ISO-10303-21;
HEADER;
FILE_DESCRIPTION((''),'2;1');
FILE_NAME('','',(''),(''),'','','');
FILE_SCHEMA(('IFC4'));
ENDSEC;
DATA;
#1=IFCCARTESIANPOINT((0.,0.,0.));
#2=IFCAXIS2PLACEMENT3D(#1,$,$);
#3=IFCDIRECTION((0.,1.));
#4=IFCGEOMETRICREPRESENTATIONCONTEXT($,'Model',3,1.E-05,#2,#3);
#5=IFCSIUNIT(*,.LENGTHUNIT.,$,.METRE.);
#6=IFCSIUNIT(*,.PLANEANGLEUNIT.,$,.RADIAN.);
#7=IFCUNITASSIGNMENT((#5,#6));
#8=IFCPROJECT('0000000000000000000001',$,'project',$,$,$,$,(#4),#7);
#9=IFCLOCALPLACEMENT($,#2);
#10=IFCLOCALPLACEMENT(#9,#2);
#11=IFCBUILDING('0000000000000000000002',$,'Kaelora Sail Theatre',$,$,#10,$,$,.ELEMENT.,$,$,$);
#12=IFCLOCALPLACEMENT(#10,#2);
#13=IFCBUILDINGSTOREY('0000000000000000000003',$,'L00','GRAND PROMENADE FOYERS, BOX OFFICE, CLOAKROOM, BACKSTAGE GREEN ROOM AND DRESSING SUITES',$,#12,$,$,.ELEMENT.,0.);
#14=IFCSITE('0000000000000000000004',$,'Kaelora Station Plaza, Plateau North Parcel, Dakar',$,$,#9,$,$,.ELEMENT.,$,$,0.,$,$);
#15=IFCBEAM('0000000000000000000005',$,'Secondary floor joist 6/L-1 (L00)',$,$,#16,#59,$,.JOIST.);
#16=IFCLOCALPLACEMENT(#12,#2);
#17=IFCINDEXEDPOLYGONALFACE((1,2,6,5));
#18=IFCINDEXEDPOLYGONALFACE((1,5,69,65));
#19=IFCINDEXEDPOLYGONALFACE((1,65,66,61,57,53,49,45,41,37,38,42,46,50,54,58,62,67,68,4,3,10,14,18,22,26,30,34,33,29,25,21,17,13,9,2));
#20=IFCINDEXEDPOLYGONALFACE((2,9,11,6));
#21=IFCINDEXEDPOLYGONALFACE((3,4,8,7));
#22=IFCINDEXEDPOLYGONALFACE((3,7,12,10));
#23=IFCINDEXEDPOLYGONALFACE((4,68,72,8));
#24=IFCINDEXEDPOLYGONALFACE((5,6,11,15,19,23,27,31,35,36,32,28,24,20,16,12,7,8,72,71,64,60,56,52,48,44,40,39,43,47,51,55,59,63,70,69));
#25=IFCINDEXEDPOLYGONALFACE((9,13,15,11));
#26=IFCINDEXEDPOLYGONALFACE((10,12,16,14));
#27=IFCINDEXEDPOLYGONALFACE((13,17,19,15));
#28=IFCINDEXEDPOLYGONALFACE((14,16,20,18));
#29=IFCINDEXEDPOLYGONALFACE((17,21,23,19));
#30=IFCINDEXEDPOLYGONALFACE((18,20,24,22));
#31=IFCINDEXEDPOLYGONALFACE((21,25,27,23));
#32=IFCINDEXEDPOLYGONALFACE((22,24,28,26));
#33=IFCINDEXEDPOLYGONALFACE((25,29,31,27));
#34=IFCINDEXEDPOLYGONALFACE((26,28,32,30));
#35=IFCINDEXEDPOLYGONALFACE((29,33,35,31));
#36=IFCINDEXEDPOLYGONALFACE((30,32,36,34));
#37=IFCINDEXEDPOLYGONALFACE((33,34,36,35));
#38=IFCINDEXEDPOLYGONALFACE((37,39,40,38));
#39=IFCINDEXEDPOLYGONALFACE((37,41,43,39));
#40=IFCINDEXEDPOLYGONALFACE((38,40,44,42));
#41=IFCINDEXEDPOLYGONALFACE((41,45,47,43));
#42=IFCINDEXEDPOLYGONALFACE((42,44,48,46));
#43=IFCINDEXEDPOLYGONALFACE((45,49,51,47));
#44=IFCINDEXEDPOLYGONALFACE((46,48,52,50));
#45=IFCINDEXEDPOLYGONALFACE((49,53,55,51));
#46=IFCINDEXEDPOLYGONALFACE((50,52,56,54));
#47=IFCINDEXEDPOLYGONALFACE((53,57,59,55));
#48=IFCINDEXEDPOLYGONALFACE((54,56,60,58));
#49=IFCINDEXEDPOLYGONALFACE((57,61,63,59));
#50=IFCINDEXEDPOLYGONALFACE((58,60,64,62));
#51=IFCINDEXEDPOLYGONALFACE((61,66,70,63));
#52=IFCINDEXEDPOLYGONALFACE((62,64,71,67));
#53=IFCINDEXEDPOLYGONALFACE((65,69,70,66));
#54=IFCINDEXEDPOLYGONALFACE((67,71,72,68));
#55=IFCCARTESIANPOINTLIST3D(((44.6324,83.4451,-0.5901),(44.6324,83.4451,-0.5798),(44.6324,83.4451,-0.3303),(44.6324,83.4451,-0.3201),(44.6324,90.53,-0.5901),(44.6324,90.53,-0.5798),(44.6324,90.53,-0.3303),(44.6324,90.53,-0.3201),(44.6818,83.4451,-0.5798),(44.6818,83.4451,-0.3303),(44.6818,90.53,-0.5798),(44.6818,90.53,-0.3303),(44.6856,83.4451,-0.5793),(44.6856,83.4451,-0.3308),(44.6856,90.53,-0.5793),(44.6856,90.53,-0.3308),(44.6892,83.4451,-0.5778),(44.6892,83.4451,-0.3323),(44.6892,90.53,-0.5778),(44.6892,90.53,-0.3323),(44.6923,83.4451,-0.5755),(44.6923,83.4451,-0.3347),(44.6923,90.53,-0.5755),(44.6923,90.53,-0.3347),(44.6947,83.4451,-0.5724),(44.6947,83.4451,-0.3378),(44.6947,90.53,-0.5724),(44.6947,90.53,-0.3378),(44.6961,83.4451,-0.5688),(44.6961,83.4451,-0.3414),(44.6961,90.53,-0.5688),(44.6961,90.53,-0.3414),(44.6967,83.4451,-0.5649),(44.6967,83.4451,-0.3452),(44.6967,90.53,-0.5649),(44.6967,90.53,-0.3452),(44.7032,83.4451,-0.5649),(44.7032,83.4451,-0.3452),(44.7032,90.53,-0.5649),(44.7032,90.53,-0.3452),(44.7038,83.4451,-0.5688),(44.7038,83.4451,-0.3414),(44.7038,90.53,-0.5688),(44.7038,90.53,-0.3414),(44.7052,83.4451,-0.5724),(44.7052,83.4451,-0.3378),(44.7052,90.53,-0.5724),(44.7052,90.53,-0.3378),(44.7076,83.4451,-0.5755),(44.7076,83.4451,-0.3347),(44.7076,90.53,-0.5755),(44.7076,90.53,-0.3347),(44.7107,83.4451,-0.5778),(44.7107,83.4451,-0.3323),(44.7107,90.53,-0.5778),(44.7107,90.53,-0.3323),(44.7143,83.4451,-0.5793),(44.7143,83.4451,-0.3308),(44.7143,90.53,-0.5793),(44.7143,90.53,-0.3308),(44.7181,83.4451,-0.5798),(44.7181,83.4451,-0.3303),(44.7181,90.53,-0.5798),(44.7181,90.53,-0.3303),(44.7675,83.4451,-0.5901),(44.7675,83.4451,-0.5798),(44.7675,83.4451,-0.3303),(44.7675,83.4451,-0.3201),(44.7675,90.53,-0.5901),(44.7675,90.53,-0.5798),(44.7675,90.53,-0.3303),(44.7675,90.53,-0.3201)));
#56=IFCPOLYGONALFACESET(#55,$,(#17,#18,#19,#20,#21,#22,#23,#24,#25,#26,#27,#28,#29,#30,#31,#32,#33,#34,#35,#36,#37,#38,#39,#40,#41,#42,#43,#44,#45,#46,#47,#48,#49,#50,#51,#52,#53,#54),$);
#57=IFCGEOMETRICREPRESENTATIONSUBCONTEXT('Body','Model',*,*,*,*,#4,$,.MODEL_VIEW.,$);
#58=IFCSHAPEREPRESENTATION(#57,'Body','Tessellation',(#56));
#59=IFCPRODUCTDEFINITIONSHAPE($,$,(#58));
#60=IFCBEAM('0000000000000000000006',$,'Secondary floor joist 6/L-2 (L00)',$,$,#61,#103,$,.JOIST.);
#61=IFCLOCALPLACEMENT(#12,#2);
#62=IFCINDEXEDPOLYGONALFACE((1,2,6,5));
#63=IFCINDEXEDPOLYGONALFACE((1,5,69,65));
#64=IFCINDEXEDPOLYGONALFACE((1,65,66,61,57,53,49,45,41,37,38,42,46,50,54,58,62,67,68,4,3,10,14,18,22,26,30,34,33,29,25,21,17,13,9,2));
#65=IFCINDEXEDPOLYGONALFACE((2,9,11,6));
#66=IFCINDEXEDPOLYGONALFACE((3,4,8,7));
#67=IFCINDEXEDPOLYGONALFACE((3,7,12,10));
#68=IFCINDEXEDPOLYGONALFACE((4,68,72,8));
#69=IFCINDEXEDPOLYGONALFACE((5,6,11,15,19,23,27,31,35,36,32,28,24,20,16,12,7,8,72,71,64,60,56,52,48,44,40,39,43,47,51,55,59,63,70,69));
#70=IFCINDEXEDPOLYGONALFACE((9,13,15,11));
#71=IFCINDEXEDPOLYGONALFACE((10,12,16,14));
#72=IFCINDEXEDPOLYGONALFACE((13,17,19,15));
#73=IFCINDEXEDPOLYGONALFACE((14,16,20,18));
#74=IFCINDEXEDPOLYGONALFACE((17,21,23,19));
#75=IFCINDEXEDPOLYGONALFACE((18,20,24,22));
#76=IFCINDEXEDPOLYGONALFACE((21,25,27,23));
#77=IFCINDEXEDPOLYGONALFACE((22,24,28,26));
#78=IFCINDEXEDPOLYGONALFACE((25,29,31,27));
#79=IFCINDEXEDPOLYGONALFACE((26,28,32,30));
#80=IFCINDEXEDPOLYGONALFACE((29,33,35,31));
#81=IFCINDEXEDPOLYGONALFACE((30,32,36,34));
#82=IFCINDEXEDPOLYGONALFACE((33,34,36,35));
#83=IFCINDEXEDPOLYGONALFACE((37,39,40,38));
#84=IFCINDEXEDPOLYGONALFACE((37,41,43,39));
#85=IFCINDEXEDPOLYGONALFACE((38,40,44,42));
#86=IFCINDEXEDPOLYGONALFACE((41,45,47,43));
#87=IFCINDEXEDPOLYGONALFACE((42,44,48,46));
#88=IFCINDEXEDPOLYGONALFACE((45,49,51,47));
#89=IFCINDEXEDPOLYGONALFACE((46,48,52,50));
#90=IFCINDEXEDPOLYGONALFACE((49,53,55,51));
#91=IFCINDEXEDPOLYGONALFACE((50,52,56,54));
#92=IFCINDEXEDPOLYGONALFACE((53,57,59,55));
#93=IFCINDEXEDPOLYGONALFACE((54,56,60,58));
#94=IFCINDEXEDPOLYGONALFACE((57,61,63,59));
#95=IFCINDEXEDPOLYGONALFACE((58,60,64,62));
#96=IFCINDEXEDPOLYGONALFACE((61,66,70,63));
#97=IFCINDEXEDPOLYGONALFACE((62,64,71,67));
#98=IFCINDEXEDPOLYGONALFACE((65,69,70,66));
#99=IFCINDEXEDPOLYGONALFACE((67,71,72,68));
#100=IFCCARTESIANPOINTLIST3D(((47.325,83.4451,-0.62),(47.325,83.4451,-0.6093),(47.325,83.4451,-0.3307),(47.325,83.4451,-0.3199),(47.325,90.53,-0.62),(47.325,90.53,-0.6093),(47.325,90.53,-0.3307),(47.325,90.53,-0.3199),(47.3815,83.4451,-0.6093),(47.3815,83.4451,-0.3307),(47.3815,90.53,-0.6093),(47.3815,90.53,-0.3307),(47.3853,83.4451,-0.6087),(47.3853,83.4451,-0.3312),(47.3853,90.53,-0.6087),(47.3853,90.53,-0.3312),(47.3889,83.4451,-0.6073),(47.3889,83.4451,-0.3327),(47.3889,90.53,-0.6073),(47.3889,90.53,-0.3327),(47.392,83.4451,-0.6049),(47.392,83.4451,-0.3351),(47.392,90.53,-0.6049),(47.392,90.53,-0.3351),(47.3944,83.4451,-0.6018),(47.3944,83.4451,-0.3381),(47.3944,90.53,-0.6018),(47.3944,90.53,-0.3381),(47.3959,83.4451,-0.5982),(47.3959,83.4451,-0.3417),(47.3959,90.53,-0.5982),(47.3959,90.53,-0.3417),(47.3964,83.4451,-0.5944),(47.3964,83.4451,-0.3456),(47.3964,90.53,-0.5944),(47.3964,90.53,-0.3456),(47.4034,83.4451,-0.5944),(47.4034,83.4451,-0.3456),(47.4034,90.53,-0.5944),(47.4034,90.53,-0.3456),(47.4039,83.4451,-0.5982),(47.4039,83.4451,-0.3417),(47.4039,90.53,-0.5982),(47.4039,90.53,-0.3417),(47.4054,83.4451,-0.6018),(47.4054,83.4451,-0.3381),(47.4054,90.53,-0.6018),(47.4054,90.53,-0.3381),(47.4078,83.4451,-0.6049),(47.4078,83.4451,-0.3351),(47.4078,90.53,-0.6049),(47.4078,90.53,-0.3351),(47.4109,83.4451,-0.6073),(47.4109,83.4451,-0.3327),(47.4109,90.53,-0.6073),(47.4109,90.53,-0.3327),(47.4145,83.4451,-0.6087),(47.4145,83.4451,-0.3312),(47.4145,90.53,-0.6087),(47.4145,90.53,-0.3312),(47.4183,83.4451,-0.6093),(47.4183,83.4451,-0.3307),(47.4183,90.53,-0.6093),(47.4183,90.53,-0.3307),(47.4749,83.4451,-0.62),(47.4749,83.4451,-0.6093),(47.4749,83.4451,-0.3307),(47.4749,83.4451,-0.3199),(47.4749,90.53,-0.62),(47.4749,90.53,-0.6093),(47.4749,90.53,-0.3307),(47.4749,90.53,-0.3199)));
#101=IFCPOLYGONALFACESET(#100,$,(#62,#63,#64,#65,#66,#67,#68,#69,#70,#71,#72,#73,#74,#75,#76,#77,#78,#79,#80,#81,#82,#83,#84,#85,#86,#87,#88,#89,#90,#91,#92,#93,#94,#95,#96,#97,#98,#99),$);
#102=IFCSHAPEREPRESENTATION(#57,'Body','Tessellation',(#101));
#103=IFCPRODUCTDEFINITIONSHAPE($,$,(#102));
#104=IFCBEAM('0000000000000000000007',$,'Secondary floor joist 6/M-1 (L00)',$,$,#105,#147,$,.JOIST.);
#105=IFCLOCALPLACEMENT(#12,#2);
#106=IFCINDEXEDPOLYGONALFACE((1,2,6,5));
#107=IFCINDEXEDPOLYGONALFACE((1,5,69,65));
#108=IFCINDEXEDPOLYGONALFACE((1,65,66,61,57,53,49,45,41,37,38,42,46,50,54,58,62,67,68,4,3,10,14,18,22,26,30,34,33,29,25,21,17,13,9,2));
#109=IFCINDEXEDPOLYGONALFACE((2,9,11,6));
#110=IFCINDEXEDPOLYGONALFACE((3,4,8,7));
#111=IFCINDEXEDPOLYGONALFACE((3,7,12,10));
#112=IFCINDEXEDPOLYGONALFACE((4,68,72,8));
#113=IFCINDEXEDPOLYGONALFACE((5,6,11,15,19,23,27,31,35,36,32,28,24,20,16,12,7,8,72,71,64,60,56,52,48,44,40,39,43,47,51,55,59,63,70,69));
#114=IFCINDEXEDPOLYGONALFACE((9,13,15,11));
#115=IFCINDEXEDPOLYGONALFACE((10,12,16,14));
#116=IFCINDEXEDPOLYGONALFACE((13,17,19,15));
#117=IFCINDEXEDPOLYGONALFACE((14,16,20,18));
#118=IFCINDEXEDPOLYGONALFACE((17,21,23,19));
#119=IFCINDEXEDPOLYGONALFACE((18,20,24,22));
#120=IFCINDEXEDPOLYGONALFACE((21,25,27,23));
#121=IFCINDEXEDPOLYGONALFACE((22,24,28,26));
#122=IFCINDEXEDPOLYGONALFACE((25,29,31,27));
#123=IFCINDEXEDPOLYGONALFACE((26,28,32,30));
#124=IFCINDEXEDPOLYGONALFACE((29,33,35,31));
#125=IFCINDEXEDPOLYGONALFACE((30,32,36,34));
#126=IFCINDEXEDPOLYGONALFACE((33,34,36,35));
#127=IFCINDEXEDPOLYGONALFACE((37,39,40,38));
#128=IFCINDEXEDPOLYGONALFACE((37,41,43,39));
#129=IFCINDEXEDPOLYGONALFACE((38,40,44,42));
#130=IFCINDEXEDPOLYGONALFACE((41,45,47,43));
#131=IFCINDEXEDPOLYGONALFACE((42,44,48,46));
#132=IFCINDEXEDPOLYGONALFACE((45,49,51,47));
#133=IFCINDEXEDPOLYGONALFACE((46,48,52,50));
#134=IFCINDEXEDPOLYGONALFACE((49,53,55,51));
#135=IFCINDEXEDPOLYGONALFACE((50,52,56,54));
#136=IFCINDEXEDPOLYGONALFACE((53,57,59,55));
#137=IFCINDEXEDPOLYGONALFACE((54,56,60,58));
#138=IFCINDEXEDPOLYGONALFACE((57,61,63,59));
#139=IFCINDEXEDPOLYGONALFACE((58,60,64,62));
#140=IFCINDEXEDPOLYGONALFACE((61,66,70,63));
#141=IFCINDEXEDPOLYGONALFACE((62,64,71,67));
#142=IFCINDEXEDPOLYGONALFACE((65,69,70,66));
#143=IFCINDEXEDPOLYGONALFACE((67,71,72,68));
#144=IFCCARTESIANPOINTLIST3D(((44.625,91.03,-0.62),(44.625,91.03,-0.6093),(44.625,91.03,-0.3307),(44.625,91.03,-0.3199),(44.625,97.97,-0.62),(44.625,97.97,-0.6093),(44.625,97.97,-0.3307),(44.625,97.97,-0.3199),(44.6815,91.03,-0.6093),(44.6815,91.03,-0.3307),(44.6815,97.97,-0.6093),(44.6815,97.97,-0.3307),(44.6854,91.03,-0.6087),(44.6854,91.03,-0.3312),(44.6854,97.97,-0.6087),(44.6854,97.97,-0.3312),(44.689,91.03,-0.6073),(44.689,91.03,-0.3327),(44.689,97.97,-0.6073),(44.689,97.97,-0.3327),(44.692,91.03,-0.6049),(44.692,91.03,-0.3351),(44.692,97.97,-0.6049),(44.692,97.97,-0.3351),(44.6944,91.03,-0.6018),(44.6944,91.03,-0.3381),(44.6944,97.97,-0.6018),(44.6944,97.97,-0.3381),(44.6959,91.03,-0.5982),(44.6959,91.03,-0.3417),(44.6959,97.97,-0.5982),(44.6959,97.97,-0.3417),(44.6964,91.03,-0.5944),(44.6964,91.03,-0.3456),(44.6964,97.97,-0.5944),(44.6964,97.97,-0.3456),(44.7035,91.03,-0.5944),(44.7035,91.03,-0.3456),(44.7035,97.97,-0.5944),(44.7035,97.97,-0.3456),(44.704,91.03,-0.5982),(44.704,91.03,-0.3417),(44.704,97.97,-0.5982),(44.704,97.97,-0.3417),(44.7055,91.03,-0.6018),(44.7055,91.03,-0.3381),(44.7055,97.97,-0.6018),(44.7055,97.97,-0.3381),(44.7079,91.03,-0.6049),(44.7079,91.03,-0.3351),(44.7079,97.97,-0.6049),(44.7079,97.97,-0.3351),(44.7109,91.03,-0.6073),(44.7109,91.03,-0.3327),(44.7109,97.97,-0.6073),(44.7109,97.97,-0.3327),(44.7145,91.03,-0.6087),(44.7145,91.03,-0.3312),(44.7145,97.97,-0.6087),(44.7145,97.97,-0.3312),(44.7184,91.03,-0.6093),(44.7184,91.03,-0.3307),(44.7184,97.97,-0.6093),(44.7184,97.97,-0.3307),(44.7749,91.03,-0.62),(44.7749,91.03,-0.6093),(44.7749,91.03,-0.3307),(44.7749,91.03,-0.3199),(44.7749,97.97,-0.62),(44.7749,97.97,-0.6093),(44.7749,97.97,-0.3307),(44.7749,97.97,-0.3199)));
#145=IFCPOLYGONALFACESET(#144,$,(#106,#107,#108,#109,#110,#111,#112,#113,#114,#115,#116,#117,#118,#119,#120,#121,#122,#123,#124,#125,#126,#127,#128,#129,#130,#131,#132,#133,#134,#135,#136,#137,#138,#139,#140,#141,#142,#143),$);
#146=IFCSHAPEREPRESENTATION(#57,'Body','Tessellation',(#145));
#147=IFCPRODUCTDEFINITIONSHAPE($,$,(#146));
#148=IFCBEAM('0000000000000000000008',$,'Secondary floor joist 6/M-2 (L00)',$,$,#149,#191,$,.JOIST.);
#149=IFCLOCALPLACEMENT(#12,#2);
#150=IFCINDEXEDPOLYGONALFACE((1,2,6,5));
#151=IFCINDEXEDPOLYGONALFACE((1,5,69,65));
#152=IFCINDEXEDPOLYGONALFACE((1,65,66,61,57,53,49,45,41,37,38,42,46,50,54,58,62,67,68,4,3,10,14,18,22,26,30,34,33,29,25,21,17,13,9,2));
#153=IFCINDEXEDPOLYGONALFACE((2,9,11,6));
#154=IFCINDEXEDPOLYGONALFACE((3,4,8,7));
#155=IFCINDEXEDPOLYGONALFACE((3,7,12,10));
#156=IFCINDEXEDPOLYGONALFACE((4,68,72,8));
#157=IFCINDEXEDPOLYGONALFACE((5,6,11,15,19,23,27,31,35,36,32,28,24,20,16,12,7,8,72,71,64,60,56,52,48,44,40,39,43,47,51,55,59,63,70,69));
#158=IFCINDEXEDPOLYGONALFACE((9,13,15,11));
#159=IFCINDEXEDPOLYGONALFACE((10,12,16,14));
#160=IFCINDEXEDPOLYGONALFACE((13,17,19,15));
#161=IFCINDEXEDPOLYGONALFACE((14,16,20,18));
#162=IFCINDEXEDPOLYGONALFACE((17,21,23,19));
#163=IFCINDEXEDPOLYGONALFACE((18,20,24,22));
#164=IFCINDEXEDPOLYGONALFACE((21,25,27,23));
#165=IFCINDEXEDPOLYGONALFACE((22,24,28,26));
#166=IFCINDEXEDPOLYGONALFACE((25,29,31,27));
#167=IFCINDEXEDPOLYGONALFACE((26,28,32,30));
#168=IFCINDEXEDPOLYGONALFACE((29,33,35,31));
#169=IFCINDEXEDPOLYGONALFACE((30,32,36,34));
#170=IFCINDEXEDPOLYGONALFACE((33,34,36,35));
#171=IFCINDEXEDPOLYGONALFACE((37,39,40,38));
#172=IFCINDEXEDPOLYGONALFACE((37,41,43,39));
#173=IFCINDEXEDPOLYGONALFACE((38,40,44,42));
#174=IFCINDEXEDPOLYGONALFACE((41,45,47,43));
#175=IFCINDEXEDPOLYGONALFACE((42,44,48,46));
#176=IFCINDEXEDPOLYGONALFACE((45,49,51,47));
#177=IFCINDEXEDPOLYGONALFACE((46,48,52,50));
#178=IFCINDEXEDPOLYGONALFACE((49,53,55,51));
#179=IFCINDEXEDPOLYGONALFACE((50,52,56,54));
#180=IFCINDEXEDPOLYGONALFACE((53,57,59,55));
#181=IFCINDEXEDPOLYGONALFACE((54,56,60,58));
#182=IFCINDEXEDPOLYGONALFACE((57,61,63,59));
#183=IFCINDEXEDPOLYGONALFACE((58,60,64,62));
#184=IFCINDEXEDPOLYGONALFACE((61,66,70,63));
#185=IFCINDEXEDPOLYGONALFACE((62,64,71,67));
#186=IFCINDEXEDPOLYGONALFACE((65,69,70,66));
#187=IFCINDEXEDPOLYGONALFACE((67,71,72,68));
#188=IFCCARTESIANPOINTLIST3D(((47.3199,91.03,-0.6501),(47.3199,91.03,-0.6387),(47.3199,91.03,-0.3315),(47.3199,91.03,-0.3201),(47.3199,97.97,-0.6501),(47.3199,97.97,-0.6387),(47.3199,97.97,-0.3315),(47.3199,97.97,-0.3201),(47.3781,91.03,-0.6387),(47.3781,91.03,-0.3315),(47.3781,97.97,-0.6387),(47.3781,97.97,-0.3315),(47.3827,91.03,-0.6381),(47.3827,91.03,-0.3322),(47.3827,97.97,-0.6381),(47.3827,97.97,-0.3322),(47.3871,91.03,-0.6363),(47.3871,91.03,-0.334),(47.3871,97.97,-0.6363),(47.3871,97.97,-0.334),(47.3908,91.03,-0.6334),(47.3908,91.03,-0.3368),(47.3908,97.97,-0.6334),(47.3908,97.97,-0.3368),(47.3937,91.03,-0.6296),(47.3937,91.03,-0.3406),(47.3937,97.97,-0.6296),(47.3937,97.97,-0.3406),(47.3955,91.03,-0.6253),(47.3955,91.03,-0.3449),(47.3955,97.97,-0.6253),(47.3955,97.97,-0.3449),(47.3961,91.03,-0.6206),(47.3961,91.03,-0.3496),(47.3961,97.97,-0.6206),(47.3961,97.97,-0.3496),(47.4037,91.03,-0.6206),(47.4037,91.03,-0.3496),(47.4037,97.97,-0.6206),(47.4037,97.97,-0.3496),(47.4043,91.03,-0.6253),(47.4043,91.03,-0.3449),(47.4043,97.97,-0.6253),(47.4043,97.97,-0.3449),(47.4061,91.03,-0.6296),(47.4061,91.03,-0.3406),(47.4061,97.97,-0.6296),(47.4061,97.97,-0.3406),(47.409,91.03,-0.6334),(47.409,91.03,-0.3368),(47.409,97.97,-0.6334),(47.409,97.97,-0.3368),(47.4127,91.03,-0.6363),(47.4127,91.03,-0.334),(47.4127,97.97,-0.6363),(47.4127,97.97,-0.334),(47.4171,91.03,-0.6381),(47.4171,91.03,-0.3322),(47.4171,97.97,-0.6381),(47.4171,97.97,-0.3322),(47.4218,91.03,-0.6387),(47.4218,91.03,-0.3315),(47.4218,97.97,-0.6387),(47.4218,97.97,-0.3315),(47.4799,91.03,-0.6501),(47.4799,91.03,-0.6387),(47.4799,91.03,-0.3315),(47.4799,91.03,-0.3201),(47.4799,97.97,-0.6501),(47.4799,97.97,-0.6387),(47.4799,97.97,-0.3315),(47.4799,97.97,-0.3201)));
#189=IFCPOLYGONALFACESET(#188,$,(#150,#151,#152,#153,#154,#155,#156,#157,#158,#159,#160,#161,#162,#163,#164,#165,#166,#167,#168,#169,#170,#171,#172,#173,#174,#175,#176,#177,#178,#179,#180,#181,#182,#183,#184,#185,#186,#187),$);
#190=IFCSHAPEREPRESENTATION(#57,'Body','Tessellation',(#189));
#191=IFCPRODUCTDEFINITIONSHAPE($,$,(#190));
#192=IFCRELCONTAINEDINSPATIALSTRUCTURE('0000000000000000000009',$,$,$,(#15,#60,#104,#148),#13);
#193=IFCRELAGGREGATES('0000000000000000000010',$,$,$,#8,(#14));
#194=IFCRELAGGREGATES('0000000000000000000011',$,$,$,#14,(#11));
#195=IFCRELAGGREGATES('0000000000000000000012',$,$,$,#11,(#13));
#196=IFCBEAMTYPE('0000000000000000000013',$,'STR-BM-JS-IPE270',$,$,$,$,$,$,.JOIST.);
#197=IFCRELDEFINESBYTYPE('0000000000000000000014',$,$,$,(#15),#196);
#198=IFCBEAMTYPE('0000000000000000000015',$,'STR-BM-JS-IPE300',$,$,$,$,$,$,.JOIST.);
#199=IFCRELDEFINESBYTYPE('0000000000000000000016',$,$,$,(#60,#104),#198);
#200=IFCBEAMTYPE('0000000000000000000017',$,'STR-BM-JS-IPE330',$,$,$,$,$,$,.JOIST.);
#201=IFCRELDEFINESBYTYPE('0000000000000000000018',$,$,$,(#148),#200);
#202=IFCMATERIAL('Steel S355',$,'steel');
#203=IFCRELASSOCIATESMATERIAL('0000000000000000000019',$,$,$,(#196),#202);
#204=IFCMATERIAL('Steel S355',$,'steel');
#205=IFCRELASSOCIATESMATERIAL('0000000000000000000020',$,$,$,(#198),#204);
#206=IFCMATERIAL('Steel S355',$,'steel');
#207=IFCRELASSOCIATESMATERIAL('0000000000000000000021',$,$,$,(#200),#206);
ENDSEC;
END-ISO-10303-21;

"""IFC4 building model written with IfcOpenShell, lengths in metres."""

from ifc_helpers import new_model, si_unit, direction, frame, origin, origin_2d, place, context, subcontext, project, spatial, i_section, extrude, material, material_profile, profile_set, type_object, element, save


model = new_model("IFC4")

# Units and contexts
model_context = context("Model", 3, precision=1e-05, world=origin(), true_north=direction((0.0, 1.0)))
body_context = subcontext(model_context, "Body", "Model", "MODEL_VIEW")
ifc_project = project(units=[si_unit("LENGTHUNIT", "METRE"), si_unit("PLANEANGLEUNIT", "RADIAN")], contexts=[model_context])

# Site, building, storey
site_placement = place(None, origin())
site = spatial("IfcSite", under=ifc_project, at=site_placement, Name="Kaelora Station Plaza, Plateau North Parcel, Dakar", CompositionType="ELEMENT", RefElevation=0.0)
building_placement = place(site_placement, origin())
building = spatial("IfcBuilding", under=site, at=building_placement, Name="Kaelora Sail Theatre", CompositionType="ELEMENT")
storey_placement = place(building_placement, origin())
storey = spatial("IfcBuildingStorey", under=building, at=storey_placement, Name="L00", Description="GRAND PROMENADE FOYERS, BOX OFFICE, CLOAKROOM, BACKSTAGE GREEN ROOM AND DRESSING SUITES", CompositionType="ELEMENT", Elevation=0.0)

# Beams
ifc_material_1 = material(Name="Steel S355", Category="steel")
ifc_material_profile_1 = material_profile(ifc_material_1, i_section(OverallWidth=0.135, OverallDepth=0.27, WebThickness=0.0066, FlangeThickness=0.0103, FilletRadius=0.0149, at=origin_2d()), Name="IPE 270")
ifc_profile_set_1 = profile_set([ifc_material_profile_1], Name="Steel S355")
beam_type_1 = type_object("IfcBeamType", Name="STR-BM-JS-IPE270", PredefinedType="JOIST", material=ifc_profile_set_1)
for number, where, z_axis, x_axis, name in (
    (1, (44.7, 83.4451, -0.4551), (0.0, 1.0, 0.0), (-1.0, 0.0, 0.0), "Secondary floor joist 6/L-1 (L00)"),
):
    element("IfcBeam", number, at=place(storey_placement, frame(where, z_axis=z_axis, x_axis=x_axis)), inside=storey, type_object=beam_type_1, Name=name, PredefinedType="JOIST", context=body_context, shape_type="SweptSolid", body=[
        extrude(i_section(OverallWidth=0.135, OverallDepth=0.27, WebThickness=0.0066, FlangeThickness=0.0103, FilletRadius=0.0149, at=origin_2d()), origin(), (0.0, 0.0, 1.0), 7.085),
    ])
ifc_material_2 = material(Name="Steel S355", Category="steel")
ifc_material_profile_2 = material_profile(ifc_material_2, i_section(OverallWidth=0.1499, OverallDepth=0.3, WebThickness=0.0071, FlangeThickness=0.0107, FilletRadius=0.0149, at=origin_2d()), Name="IPE 300")
ifc_profile_set_2 = profile_set([ifc_material_profile_2], Name="Steel S355")
beam_type_2 = type_object("IfcBeamType", Name="STR-BM-JS-IPE300", PredefinedType="JOIST", material=ifc_profile_set_2)
beam_1_placement = place(storey_placement, frame((47.3999, 83.4451, -0.47), z_axis=(0.0, 1.0, 0.0), x_axis=(-1.0, 0.0, 0.0)))
element("IfcBeam", 2, at=beam_1_placement, inside=storey, type_object=beam_type_2, Name="Secondary floor joist 6/L-2 (L00)", PredefinedType="JOIST", context=body_context, shape_type="SweptSolid", body=[
    extrude(i_section(OverallWidth=0.1499, OverallDepth=0.3, WebThickness=0.0071, FlangeThickness=0.0107, FilletRadius=0.0149, at=origin_2d()), origin(), (0.0, 0.0, 1.0), 7.085),
])
beam_2_placement = place(storey_placement, frame((44.7, 91.03, -0.47), z_axis=(0.0, 1.0, 0.0), x_axis=(-1.0, 0.0, 0.0)))
element("IfcBeam", 3, at=beam_2_placement, inside=storey, type_object=beam_type_2, Name="Secondary floor joist 6/M-1 (L00)", PredefinedType="JOIST", context=body_context, shape_type="SweptSolid", body=[
    extrude(i_section(OverallWidth=0.1499, OverallDepth=0.3, WebThickness=0.0071, FlangeThickness=0.0107, FilletRadius=0.0149, at=origin_2d()), origin(), (0.0, 0.0, 1.0), 6.9399),
])
ifc_material_3 = material(Name="Steel S355", Category="steel")
ifc_material_profile_3 = material_profile(ifc_material_3, i_section(OverallWidth=0.1599, OverallDepth=0.3301, WebThickness=0.0076, FlangeThickness=0.0115, FilletRadius=0.0181, at=origin_2d()), Name="IPE 330")
ifc_profile_set_3 = profile_set([ifc_material_profile_3], Name="Steel S355")
beam_type_3 = type_object("IfcBeamType", Name="STR-BM-JS-IPE330", PredefinedType="JOIST", material=ifc_profile_set_3)
beam_3_placement = place(storey_placement, frame((47.3999, 91.03, -0.4851), z_axis=(0.0, 1.0, 0.0), x_axis=(-1.0, 0.0, 0.0)))
element("IfcBeam", 4, at=beam_3_placement, inside=storey, type_object=beam_type_3, Name="Secondary floor joist 6/M-2 (L00)", PredefinedType="JOIST", context=body_context, shape_type="SweptSolid", body=[
    extrude(i_section(OverallWidth=0.1599, OverallDepth=0.3301, WebThickness=0.0076, FlangeThickness=0.0115, FilletRadius=0.0181, at=origin_2d()), origin(), (0.0, 0.0, 1.0), 6.9399),
])

save(model, "model.ifc")
